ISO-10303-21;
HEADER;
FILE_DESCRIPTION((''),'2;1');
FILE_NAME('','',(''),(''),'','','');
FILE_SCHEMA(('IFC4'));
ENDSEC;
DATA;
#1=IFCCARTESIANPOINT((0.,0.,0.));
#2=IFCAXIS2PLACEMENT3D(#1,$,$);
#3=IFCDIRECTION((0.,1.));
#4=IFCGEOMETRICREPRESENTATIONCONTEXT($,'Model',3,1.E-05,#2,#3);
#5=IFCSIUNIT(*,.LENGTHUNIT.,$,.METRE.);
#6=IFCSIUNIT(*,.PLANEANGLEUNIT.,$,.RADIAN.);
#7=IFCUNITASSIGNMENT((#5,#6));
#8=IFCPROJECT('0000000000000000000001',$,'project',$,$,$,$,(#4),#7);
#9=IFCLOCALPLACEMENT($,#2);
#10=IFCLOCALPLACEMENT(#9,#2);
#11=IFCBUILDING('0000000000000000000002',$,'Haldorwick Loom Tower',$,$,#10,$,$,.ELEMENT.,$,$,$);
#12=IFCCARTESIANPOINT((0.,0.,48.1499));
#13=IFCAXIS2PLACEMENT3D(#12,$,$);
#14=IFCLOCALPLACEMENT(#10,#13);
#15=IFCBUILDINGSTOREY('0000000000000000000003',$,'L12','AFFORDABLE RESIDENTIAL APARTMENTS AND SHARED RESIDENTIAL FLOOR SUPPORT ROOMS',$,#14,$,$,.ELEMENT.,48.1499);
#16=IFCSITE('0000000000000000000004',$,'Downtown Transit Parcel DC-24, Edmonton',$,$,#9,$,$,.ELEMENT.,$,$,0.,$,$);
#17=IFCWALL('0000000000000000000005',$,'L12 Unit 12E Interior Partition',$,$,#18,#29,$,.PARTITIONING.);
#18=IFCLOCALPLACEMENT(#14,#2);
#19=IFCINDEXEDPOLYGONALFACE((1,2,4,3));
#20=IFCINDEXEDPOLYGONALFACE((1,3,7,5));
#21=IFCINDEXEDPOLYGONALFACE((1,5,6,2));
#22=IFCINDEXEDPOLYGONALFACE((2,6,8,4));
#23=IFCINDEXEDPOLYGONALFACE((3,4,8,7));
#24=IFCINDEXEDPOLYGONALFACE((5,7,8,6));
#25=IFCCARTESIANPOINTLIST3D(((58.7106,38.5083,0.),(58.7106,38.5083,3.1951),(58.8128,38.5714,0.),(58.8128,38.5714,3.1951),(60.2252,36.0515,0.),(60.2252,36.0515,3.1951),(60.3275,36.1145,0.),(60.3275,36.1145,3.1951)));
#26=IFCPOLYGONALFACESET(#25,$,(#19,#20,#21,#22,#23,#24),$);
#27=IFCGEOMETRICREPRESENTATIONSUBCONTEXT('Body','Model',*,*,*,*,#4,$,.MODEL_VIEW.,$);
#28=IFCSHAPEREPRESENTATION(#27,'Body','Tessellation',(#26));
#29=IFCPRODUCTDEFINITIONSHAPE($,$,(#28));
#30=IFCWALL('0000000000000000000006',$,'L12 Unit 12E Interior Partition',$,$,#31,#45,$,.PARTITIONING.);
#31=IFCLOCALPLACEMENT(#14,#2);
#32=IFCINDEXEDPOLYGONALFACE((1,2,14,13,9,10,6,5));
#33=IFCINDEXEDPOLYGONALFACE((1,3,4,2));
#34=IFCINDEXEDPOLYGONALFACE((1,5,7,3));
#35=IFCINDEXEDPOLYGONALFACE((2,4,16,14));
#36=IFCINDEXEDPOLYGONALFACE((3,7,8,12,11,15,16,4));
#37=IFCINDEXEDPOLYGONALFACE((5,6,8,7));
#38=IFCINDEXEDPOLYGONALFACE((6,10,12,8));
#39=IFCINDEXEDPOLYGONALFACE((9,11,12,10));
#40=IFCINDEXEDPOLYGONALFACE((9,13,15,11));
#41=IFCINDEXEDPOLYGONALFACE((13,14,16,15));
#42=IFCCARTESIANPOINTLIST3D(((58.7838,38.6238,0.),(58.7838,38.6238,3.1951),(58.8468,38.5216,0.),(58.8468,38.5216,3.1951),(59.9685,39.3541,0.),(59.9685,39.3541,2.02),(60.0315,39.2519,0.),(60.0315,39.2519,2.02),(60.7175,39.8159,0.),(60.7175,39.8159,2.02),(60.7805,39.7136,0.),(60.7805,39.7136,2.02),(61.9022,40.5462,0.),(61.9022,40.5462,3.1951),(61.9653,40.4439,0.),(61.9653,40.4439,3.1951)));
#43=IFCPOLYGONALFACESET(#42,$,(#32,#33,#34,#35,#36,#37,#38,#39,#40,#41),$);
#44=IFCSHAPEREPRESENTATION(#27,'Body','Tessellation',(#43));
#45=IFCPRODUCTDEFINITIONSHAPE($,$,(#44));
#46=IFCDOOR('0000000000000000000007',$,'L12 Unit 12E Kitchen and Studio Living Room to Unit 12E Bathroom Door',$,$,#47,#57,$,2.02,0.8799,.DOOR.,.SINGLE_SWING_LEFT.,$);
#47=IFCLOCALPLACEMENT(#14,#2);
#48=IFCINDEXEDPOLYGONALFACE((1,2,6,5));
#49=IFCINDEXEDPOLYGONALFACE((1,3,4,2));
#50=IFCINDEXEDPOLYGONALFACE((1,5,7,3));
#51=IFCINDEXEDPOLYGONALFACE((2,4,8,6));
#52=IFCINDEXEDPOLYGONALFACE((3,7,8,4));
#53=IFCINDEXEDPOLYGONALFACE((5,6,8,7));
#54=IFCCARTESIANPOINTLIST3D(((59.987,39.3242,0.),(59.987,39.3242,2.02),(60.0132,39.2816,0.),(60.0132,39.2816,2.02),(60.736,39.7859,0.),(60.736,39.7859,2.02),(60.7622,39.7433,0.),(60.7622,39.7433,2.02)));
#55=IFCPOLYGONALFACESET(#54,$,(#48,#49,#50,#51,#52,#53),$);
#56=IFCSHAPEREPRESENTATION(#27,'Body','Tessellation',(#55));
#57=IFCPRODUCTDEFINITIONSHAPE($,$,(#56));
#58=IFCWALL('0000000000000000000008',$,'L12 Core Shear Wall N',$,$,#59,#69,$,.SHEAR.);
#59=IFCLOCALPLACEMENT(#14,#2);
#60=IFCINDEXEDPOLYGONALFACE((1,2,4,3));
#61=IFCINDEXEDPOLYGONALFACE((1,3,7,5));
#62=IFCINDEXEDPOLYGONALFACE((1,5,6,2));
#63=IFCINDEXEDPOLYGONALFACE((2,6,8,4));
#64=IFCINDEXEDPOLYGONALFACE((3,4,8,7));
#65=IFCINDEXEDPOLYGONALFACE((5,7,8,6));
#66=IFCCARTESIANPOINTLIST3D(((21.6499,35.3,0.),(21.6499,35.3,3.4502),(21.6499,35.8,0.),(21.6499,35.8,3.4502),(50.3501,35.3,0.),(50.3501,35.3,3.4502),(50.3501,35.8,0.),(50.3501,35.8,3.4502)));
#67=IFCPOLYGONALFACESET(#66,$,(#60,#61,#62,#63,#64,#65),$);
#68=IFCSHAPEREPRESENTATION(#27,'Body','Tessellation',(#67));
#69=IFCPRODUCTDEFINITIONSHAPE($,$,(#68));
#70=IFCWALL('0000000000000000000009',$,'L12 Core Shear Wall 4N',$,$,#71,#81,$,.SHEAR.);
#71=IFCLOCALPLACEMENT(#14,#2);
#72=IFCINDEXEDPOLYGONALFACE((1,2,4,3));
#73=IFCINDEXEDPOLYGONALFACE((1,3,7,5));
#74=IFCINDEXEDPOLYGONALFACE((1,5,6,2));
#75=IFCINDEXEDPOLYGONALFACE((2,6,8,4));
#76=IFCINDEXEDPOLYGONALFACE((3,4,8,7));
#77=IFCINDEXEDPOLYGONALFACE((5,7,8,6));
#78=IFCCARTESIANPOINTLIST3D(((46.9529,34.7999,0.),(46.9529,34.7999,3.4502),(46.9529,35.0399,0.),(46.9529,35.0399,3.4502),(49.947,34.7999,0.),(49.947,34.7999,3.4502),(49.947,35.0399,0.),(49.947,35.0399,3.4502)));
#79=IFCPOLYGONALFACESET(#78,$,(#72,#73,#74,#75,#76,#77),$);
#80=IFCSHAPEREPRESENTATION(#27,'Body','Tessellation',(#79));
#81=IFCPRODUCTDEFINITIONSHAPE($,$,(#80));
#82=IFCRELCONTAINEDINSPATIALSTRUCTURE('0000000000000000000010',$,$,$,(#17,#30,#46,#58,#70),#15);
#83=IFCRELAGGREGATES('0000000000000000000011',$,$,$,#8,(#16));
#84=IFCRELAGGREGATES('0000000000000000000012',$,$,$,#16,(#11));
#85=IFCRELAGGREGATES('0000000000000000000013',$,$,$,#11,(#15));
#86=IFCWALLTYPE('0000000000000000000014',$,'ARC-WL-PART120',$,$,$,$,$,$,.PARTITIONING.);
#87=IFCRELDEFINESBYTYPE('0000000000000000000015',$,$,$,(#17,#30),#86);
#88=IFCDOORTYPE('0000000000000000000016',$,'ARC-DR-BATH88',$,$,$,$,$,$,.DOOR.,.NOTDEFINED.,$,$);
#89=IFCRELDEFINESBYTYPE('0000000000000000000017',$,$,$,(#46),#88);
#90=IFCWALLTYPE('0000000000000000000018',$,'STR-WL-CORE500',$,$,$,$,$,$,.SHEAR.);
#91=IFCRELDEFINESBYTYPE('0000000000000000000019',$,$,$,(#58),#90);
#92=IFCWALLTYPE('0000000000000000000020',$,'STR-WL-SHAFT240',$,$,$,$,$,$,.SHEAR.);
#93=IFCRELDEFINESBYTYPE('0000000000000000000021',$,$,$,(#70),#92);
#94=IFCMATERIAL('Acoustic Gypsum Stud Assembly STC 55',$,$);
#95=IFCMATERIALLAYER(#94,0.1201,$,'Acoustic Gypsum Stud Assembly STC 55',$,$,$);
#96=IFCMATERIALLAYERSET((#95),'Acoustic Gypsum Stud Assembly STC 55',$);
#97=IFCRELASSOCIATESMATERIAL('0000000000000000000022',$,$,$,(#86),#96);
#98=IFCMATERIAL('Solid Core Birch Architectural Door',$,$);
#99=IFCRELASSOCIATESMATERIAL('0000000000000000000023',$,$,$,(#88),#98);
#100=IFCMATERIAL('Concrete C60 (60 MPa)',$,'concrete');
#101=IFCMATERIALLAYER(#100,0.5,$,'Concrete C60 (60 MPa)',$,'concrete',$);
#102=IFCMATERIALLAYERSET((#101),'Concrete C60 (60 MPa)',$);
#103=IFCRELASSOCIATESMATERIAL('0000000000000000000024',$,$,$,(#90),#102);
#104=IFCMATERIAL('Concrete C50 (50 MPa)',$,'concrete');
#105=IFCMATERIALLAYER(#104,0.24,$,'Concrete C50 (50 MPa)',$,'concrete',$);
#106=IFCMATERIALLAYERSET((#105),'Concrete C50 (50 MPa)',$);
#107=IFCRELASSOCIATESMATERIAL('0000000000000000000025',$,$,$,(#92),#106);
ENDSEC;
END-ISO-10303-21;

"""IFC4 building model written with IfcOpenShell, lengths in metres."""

from ifc_helpers import new_model, si_unit, direction, frame, frame_2d, origin, place, context, subcontext, project, spatial, rectangle, extrude, material, layer, layer_set, type_object, element, fill, save


model = new_model("IFC4")

# Units and contexts
model_context = context("Model", 3, precision=1e-05, world=origin(), true_north=direction((0.0, 1.0)))
body_context = subcontext(model_context, "Body", "Model", "MODEL_VIEW")
ifc_project = project(units=[si_unit("LENGTHUNIT", "METRE"), si_unit("PLANEANGLEUNIT", "RADIAN")], contexts=[model_context])

# Site, building, storey
site_placement = place(None, origin())
site = spatial("IfcSite", under=ifc_project, at=site_placement, Name="Downtown Transit Parcel DC-24, Edmonton", CompositionType="ELEMENT", RefElevation=0.0)
building_placement = place(site_placement, origin())
building = spatial("IfcBuilding", under=site, at=building_placement, Name="Haldorwick Loom Tower", CompositionType="ELEMENT")
storey_placement = place(building_placement, frame((0.0, 0.0, 48.1499)))
storey = spatial("IfcBuildingStorey", under=building, at=storey_placement, Name="L12", Description="AFFORDABLE RESIDENTIAL APARTMENTS AND SHARED RESIDENTIAL FLOOR SUPPORT ROOMS", CompositionType="ELEMENT", Elevation=48.1499)

# Shared definitions
ifc_material_1 = material(Name="Concrete C60 (60 MPa)", Category="concrete")

# Shared definitions
ifc_material_2 = material(Name="Acoustic Gypsum Stud Assembly STC 55")
ifc_layer_1 = layer(ifc_material_2, 0.1201, Name="Acoustic Gypsum Stud Assembly STC 55")
ifc_layer_set_1 = layer_set([ifc_layer_1], Name="Acoustic Gypsum Stud Assembly STC 55")
wall_type_1 = type_object("IfcWallType", Name="ARC-WL-PART120", PredefinedType="PARTITIONING", material=ifc_layer_set_1)

# Shared definitions
ifc_material_3 = material(Name="Solid Core Birch Architectural Door")
door_type_1 = type_object("IfcDoorType", Name="ARC-DR-BATH88", OperationType="NOTDEFINED", PredefinedType="DOOR", material=ifc_material_3)

# Wall
wall_1_placement = place(storey_placement, frame((60.2764, 36.083, 0.0), z_axis=(0.0, 0.0, 1.0), x_axis=(-0.524796, 0.851228, 0.0)))
element("IfcWall", 1, at=wall_1_placement, inside=storey, type_object=wall_type_1, Name="L12 Unit 12E Interior Partition", PredefinedType="PARTITIONING", context=body_context, shape_type="SweptSolid", body=[
    extrude(rectangle(XDim=2.8862, YDim=0.1201, at=frame_2d((1.4431, 0.0))), origin(), (0.0, 0.0, 1.0), 3.1951),
])

# Wall, opening, door
wall_2_placement = place(storey_placement, frame((58.8154, 38.5728, 0.0), z_axis=(0.0, 0.0, 1.0), x_axis=(0.851251, 0.524759, 0.0)))
wall_2 = element("IfcWall", 2, at=wall_2_placement, inside=storey, type_object=wall_type_1, Name="L12 Unit 12E Interior Partition", PredefinedType="PARTITIONING", context=body_context, shape_type="SweptSolid", body=[
    extrude(rectangle(XDim=3.6633, YDim=0.1201, at=frame_2d((1.8315, 0.0))), origin(), (0.0, 0.0, 1.0), 3.1951),
])
opening_1_placement = place(wall_2_placement, frame((1.3916, 0.0, 0.0)))
opening_1 = element("IfcOpeningElement", 3, at=opening_1_placement, cuts=wall_2, PredefinedType="OPENING", context=body_context, shape_type="SweptSolid", body=[
    extrude(rectangle(XDim=0.8799, YDim=2.02, at=frame_2d((0.4399, 1.01))), frame((0.0, 0.0701, 0.0), z_axis=(0.0, -1.0, 0.0), x_axis=(1.0, 0.0, 0.0)), (0.0, 0.0, 1.0), 0.1401),
])
door_1_placement = place(opening_1_placement, origin())
door_1 = element("IfcDoor", 4, at=door_1_placement, inside=storey, type_object=door_type_1, Name="L12 Unit 12E Kitchen and Studio Living Room to Unit 12E Bathroom Door", OperationType="SINGLE_SWING_LEFT", OverallHeight=2.02, OverallWidth=0.8799, PredefinedType="DOOR", context=body_context, shape_type="SweptSolid", body=[
    extrude(rectangle(XDim=0.8799, YDim=2.02, at=frame_2d((0.4399, 1.01))), frame((0.0, 0.0249, 0.0), z_axis=(0.0, -1.0, 0.0), x_axis=(1.0, 0.0, 0.0)), (0.0, 0.0, 1.0), 0.05),
])
fill(opening_1, door_1)

# Walls
ifc_layer_2 = layer(ifc_material_1, 0.5, Name="Concrete C60 (60 MPa)", Category="concrete")
ifc_layer_set_2 = layer_set([ifc_layer_2], Name="Concrete C60 (60 MPa)")
wall_type_2 = type_object("IfcWallType", Name="STR-WL-CORE500", PredefinedType="SHEAR", material=ifc_layer_set_2)
wall_3_placement = place(storey_placement, frame((50.3501, 35.55, 0.0), z_axis=(0.0, 0.0, 1.0), x_axis=(-1.0, 0.0, 0.0)))
element("IfcWall", 5, at=wall_3_placement, inside=storey, type_object=wall_type_2, Name="L12 Core Shear Wall N", PredefinedType="SHEAR", context=body_context, shape_type="SweptSolid", body=[
    extrude(rectangle(XDim=28.7002, YDim=0.5, at=frame_2d((14.3501, 0.0))), origin(), (0.0, 0.0, 1.0), 3.4502),
])
ifc_material_4 = material(Name="Concrete C50 (50 MPa)", Category="concrete")
ifc_layer_3 = layer(ifc_material_4, 0.24, Name="Concrete C50 (50 MPa)", Category="concrete")
ifc_layer_set_3 = layer_set([ifc_layer_3], Name="Concrete C50 (50 MPa)")
wall_type_3 = type_object("IfcWallType", Name="STR-WL-SHAFT240", PredefinedType="SHEAR", material=ifc_layer_set_3)
wall_4_placement = place(storey_placement, frame((46.9529, 34.9199, 0.0), z_axis=(0.0, 0.0, 1.0), x_axis=(1.0, 0.0, 0.0)))
element("IfcWall", 6, at=wall_4_placement, inside=storey, type_object=wall_type_3, Name="L12 Core Shear Wall 4N", PredefinedType="SHEAR", context=body_context, shape_type="SweptSolid", body=[
    extrude(rectangle(XDim=2.9941, YDim=0.24, at=frame_2d((1.4971, 0.0))), origin(), (0.0, 0.0, 1.0), 3.4502),
])

save(model, "model.ifc")
